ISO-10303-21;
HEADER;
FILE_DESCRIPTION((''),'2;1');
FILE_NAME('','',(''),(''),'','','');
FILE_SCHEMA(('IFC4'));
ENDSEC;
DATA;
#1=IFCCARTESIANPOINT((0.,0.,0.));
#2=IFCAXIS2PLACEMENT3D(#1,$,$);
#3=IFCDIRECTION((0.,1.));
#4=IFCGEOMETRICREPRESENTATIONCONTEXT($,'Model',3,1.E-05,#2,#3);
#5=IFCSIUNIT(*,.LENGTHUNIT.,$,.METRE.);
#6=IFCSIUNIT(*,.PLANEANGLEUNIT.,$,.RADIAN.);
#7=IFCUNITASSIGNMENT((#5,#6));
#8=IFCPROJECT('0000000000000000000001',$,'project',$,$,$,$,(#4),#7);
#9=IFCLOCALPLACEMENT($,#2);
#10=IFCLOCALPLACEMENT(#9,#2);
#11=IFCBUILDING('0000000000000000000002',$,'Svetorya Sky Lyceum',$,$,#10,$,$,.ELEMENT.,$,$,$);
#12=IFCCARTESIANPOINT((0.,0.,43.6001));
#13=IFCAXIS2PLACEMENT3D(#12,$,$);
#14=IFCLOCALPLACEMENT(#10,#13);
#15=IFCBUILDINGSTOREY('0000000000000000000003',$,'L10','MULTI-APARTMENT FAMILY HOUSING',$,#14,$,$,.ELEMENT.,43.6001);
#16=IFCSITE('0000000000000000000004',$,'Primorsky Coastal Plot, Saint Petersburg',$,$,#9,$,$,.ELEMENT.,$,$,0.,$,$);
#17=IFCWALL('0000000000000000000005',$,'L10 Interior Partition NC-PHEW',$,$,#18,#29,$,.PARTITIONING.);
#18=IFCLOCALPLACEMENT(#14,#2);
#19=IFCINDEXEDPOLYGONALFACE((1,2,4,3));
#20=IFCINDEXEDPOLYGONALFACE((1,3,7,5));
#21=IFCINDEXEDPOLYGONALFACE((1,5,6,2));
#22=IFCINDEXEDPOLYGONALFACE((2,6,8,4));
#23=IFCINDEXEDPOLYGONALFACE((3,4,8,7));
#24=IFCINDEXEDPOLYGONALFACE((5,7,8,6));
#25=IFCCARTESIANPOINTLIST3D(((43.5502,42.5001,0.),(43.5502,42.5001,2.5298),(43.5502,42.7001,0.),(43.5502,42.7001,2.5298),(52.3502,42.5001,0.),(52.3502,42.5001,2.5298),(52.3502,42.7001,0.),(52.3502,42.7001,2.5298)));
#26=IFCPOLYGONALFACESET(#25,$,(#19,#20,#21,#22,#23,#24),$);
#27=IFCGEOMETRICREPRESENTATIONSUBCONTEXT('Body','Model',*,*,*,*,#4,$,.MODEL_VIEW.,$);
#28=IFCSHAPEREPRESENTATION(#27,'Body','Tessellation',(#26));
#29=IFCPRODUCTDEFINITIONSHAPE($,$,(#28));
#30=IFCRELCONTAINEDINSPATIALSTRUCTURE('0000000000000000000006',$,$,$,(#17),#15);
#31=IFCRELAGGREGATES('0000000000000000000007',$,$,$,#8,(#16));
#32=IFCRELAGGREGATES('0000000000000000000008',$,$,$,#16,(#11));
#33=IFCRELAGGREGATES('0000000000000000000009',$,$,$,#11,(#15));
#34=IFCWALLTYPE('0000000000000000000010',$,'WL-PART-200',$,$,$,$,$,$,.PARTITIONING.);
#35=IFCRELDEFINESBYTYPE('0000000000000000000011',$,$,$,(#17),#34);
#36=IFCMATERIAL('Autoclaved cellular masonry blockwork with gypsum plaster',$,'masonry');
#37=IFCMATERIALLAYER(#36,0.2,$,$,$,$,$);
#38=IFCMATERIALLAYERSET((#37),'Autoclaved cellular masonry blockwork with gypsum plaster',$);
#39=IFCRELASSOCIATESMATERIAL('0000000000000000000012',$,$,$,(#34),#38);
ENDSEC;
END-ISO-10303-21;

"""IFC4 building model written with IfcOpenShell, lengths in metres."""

from ifc_helpers import new_model, si_unit, direction, frame, frame_2d, origin, place, context, subcontext, project, spatial, rectangle, extrude, material, layer, layer_set, type_object, element, save


model = new_model("IFC4")

# Units and contexts
model_context = context("Model", 3, precision=1e-05, world=origin(), true_north=direction((0.0, 1.0)))
body_context = subcontext(model_context, "Body", "Model", "MODEL_VIEW")
ifc_project = project(units=[si_unit("LENGTHUNIT", "METRE"), si_unit("PLANEANGLEUNIT", "RADIAN")], contexts=[model_context])

# Site, building, storey
site_placement = place(None, origin())
site = spatial("IfcSite", under=ifc_project, at=site_placement, Name="Primorsky Coastal Plot, Saint Petersburg", CompositionType="ELEMENT", RefElevation=0.0)
building_placement = place(site_placement, origin())
building = spatial("IfcBuilding", under=site, at=building_placement, Name="Svetorya Sky Lyceum", CompositionType="ELEMENT")
storey_placement = place(building_placement, frame((0.0, 0.0, 43.6001)))
storey = spatial("IfcBuildingStorey", under=building, at=storey_placement, Name="L10", Description="MULTI-APARTMENT FAMILY HOUSING", CompositionType="ELEMENT", Elevation=43.6001)

# Wall
ifc_material_1 = material(Name="Autoclaved cellular masonry blockwork with gypsum plaster", Category="masonry")
ifc_layer_1 = layer(ifc_material_1, 0.2)
ifc_layer_set_1 = layer_set([ifc_layer_1], Name="Autoclaved cellular masonry blockwork with gypsum plaster")
wall_type_1 = type_object("IfcWallType", Name="WL-PART-200", PredefinedType="PARTITIONING", material=ifc_layer_set_1)
wall_1_placement = place(storey_placement, frame((52.3501, 42.6001, 0.0), z_axis=(0.0, 0.0, 1.0), x_axis=(-1.0, 0.0, 0.0)))
element("IfcWall", 1, at=wall_1_placement, inside=storey, type_object=wall_type_1, Name="L10 Interior Partition NC-PHEW", PredefinedType="PARTITIONING", context=body_context, shape_type="SweptSolid", body=[
    extrude(rectangle(XDim=8.8, YDim=0.2, at=frame_2d((4.3999, 0.0))), origin(), (0.0, 0.0, 1.0), 2.5298),
])

save(model, "model.ifc")
